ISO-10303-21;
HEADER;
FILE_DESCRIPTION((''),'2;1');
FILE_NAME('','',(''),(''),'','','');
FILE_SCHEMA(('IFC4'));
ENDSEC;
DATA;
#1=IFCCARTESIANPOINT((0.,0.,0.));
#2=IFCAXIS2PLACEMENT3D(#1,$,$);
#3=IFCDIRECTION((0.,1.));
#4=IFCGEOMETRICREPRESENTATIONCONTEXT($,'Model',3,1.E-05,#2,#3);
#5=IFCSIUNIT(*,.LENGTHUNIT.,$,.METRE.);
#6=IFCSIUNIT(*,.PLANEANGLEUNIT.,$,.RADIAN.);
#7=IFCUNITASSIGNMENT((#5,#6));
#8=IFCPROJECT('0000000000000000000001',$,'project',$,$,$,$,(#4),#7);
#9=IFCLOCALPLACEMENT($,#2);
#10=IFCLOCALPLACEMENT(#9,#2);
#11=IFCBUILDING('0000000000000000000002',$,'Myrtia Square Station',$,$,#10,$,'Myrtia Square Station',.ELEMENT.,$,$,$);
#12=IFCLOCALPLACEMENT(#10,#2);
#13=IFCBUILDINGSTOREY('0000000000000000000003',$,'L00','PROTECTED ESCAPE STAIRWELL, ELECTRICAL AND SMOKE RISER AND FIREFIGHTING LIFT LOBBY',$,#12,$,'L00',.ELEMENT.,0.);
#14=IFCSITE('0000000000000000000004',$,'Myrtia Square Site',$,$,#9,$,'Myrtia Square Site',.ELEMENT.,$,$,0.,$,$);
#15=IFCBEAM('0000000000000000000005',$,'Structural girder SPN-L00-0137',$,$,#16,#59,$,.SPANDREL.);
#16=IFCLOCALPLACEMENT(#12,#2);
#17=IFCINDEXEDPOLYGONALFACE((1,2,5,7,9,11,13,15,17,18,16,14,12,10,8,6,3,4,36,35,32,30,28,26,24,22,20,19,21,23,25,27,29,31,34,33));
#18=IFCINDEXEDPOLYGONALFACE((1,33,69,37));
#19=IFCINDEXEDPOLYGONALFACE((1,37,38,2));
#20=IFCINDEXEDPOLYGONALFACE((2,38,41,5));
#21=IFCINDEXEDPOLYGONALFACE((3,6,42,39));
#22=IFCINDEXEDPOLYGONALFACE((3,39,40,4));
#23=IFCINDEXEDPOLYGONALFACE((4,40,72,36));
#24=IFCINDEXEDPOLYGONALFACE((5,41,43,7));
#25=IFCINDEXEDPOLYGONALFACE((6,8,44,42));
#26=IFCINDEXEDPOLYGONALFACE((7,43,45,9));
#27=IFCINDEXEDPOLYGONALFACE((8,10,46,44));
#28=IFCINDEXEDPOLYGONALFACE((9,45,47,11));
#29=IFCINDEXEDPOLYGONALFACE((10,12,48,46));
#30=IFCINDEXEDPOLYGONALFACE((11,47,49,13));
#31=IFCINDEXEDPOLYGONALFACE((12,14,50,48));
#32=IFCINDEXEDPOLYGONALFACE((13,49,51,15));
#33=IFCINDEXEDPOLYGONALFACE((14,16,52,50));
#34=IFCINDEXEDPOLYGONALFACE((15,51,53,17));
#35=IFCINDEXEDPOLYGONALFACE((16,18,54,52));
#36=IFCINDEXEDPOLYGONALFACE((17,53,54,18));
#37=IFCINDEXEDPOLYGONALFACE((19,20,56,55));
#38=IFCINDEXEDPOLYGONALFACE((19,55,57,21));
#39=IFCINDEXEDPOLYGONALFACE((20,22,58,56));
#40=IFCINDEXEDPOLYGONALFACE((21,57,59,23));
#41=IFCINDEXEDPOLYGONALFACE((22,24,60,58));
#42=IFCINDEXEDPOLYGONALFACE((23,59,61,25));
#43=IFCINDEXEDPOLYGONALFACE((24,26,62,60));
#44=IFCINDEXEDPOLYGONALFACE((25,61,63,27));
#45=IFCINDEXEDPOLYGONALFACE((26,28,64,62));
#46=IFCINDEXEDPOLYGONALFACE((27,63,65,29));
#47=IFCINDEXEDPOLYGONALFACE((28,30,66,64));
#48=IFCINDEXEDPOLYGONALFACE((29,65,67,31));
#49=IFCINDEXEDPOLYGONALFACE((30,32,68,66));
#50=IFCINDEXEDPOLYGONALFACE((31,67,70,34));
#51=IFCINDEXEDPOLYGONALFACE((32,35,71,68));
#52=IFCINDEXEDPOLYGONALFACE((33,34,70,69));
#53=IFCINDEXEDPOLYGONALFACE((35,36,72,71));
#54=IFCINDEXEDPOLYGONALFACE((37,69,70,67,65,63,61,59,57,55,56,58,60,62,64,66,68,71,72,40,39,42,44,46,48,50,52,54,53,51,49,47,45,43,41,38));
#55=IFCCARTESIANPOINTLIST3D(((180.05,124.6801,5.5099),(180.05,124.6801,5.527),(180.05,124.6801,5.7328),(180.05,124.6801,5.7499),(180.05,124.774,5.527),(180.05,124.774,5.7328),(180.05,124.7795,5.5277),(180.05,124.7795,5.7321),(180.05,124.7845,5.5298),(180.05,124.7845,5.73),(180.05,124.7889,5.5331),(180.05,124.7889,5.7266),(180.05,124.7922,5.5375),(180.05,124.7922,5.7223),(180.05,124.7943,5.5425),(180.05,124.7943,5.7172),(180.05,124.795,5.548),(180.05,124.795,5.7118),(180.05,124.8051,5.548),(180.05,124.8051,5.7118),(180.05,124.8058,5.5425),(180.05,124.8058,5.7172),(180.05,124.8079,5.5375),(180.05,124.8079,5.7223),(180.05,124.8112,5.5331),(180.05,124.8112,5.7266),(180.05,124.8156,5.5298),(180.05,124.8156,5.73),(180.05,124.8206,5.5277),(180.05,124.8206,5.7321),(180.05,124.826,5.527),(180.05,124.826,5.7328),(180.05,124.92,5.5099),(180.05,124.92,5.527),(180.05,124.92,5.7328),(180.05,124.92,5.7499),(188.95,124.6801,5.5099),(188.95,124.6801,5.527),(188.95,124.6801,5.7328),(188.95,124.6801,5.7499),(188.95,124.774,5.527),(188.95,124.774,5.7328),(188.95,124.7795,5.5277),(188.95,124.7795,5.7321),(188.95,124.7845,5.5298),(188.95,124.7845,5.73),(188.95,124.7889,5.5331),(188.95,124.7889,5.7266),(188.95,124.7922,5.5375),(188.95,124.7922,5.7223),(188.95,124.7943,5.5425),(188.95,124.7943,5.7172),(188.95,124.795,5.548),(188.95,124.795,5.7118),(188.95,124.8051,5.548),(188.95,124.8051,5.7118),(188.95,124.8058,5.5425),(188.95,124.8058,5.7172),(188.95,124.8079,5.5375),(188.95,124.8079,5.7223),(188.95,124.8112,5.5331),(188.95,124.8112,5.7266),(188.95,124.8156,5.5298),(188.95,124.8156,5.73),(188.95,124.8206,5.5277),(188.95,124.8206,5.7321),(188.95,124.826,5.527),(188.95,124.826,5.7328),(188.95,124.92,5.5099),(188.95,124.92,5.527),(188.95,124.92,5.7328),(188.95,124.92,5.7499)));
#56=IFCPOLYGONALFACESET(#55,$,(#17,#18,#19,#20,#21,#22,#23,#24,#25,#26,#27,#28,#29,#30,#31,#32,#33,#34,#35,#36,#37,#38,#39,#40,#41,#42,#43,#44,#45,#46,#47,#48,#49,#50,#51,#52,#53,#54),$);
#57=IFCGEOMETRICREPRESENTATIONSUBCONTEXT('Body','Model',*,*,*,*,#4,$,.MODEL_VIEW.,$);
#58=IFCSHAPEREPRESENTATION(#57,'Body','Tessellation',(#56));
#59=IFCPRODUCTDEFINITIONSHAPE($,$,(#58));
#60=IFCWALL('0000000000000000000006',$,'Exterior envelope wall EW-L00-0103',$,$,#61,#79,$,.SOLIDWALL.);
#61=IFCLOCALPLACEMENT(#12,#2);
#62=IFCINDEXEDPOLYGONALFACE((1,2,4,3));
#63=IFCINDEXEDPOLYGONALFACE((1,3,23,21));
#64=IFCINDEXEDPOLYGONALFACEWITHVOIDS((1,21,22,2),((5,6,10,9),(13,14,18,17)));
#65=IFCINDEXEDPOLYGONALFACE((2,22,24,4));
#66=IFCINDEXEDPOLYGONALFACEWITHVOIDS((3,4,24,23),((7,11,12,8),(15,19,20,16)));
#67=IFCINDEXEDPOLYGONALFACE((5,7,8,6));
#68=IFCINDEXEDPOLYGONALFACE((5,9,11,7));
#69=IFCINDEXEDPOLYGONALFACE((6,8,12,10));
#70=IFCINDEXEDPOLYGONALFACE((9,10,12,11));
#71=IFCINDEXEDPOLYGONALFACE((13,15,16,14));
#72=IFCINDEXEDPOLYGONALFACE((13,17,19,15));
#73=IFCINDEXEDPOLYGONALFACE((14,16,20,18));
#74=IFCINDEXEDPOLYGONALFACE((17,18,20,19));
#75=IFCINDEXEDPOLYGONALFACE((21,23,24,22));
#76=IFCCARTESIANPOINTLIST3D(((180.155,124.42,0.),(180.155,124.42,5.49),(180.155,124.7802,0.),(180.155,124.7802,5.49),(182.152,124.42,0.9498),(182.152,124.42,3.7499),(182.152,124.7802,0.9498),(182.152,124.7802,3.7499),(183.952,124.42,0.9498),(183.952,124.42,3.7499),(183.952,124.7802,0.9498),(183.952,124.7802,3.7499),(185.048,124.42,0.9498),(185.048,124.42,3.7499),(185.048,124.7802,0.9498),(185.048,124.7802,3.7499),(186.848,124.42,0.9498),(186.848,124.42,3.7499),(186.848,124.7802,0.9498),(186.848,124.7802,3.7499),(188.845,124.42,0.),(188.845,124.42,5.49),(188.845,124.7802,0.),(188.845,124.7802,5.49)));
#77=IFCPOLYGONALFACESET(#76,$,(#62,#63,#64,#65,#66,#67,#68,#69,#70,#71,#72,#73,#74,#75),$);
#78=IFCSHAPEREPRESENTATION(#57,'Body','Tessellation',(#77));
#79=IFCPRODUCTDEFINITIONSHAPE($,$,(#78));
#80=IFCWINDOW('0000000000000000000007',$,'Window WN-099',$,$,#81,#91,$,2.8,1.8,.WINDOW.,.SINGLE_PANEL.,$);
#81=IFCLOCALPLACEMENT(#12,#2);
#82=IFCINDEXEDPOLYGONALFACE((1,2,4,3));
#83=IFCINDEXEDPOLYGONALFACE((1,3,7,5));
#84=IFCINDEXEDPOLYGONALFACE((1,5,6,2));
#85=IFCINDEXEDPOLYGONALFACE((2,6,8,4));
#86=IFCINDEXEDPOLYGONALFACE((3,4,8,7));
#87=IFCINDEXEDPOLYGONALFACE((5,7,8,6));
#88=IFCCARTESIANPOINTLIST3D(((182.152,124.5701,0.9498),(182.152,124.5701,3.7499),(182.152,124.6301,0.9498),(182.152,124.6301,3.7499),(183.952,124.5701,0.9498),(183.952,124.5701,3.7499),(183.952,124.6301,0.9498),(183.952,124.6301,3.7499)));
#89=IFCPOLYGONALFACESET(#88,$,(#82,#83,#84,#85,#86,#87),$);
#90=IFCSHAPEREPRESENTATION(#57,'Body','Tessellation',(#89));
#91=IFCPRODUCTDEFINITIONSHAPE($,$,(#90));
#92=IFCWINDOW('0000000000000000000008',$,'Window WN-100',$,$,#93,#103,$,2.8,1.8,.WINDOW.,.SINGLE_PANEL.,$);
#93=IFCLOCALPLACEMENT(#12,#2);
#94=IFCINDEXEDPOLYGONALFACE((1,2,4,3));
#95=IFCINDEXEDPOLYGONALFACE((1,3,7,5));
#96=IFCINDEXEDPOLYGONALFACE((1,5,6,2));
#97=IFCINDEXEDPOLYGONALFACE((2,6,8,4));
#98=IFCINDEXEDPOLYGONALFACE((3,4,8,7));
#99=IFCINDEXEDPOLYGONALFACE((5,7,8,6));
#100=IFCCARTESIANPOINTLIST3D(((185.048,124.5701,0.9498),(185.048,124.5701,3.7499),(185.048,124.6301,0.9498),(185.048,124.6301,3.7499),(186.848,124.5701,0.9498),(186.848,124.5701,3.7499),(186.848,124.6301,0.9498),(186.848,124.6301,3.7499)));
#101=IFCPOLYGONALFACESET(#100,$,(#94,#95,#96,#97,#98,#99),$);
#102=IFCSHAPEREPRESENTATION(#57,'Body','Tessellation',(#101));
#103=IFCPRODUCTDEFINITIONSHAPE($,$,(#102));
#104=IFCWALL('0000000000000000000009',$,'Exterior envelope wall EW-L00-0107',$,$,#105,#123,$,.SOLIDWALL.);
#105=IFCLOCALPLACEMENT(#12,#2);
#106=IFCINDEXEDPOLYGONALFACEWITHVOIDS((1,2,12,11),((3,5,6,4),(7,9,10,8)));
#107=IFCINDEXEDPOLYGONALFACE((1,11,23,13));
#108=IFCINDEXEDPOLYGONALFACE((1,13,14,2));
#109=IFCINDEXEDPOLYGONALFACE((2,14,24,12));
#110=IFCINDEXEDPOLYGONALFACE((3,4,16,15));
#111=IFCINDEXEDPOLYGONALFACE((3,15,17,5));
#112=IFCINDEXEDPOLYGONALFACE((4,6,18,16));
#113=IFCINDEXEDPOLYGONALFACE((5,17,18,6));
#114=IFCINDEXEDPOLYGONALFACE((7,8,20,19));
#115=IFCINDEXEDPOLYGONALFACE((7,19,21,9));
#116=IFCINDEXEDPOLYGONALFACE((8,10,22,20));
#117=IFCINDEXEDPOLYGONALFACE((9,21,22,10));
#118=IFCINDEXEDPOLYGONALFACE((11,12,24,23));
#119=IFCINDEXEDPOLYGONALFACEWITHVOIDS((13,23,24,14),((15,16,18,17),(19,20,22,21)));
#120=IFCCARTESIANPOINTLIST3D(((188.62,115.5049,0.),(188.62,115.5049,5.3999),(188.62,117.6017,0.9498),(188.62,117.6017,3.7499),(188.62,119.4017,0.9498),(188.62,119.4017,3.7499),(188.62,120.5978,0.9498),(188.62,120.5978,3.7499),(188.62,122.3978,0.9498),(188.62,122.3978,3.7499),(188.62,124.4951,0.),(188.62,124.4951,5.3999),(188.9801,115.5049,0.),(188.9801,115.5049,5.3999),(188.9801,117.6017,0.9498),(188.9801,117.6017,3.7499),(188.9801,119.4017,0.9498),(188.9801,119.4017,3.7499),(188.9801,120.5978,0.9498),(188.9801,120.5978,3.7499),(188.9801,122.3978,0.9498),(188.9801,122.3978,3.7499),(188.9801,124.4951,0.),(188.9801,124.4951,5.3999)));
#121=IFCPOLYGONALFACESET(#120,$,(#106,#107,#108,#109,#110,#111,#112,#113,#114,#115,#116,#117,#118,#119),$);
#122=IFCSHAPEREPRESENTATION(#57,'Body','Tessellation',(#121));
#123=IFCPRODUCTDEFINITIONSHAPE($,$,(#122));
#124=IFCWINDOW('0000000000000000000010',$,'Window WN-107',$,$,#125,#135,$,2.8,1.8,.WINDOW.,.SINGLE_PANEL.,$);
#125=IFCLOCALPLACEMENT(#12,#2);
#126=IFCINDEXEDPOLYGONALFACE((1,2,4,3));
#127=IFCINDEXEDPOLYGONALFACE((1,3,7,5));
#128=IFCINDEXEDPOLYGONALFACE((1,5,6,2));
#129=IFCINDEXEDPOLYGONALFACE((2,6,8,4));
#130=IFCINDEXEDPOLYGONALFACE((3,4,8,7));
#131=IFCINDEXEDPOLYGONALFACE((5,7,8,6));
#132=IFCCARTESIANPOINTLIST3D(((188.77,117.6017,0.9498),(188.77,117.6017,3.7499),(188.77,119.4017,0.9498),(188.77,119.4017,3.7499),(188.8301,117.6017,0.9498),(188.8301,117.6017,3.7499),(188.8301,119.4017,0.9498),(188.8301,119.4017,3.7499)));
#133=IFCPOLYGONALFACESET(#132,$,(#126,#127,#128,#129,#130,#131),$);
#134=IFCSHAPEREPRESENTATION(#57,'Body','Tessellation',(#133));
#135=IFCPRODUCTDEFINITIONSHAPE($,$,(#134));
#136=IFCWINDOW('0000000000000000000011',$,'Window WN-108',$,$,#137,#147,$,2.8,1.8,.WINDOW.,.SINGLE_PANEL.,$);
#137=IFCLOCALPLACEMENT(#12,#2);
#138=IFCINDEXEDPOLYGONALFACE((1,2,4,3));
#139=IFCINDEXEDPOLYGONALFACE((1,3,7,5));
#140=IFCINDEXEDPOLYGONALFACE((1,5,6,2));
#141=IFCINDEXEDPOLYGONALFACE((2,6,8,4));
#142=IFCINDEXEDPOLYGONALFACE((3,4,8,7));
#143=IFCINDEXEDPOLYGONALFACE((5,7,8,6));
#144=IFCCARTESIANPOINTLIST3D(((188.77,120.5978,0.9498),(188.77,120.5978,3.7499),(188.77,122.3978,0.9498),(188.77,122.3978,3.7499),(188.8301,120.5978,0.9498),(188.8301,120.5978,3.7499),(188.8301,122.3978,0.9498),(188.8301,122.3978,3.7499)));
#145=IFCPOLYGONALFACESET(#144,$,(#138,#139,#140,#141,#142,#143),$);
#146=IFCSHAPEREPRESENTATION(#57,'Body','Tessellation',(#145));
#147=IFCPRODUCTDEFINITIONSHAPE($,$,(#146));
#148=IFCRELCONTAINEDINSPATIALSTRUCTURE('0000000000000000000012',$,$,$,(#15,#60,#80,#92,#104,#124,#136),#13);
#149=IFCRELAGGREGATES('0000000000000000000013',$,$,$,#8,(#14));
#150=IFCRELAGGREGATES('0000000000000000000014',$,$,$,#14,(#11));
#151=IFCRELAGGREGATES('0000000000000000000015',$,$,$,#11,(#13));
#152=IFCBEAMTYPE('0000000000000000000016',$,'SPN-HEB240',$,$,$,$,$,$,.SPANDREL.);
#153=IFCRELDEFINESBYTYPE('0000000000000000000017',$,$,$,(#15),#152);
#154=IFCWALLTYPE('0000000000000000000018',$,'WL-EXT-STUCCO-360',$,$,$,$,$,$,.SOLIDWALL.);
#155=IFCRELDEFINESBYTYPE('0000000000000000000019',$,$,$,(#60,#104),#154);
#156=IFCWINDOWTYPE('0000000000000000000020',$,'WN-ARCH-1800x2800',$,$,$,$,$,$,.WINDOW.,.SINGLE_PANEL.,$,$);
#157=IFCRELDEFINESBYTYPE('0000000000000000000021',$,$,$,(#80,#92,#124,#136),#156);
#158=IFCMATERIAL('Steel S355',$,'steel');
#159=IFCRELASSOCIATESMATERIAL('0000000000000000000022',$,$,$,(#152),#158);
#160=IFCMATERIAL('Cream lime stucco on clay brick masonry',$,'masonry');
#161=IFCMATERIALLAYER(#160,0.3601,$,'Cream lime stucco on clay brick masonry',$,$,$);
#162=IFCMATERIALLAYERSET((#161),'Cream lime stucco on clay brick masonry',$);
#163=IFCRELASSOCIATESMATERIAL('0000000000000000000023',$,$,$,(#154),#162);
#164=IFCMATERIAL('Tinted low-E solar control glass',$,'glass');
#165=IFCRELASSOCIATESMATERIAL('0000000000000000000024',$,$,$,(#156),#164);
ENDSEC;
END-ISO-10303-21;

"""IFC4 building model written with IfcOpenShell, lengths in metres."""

from ifc_helpers import new_model, si_unit, direction, frame, frame_2d, origin, origin_2d, place, context, subcontext, project, spatial, rectangle, i_section, extrude, material, layer, layer_set, material_profile, profile_set, type_object, element, fill, save


model = new_model("IFC4")

# Units and contexts
model_context = context("Model", 3, precision=1e-05, world=origin(), true_north=direction((0.0, 1.0)))
body_context = subcontext(model_context, "Body", "Model", "MODEL_VIEW")
ifc_project = project(units=[si_unit("LENGTHUNIT", "METRE"), si_unit("PLANEANGLEUNIT", "RADIAN")], contexts=[model_context])

# Site, building, storey
site_placement = place(None, origin())
site = spatial("IfcSite", under=ifc_project, at=site_placement, Name="Myrtia Square Site", LongName="Myrtia Square Site", CompositionType="ELEMENT", RefElevation=0.0)
building_placement = place(site_placement, origin())
building = spatial("IfcBuilding", under=site, at=building_placement, Name="Myrtia Square Station", LongName="Myrtia Square Station", CompositionType="ELEMENT")
storey_placement = place(building_placement, origin())
storey = spatial("IfcBuildingStorey", under=building, at=storey_placement, Name="L00", Description="PROTECTED ESCAPE STAIRWELL, ELECTRICAL AND SMOKE RISER AND FIREFIGHTING LIFT LOBBY", LongName="L00", CompositionType="ELEMENT", Elevation=0.0)

# Shared definitions
ifc_material_1 = material(Name="Steel S355", Category="steel")

# Beam
ifc_material_profile_1 = material_profile(ifc_material_1, i_section(OverallWidth=0.24, OverallDepth=0.24, WebThickness=0.01, FlangeThickness=0.0171, FilletRadius=0.021, at=origin_2d()), Name="HEB 240")
ifc_profile_set_1 = profile_set([ifc_material_profile_1], Name="Steel S355")
beam_type_1 = type_object("IfcBeamType", Name="SPN-HEB240", PredefinedType="SPANDREL", material=ifc_profile_set_1)
beam_1_placement = place(storey_placement, frame((180.05, 124.8, 5.6299), z_axis=(1.0, 0.0, 0.0), x_axis=(0.0, 1.0, 0.0)))
element("IfcBeam", 1, at=beam_1_placement, inside=storey, type_object=beam_type_1, Name="Structural girder SPN-L00-0137", PredefinedType="SPANDREL", context=body_context, shape_type="SweptSolid", body=[
    extrude(i_section(OverallWidth=0.24, OverallDepth=0.24, WebThickness=0.01, FlangeThickness=0.0171, FilletRadius=0.021, at=origin_2d()), origin(), (0.0, 0.0, 1.0), 8.8999),
])

# Walls, openings, windows
ifc_material_2 = material(Name="Cream lime stucco on clay brick masonry", Category="masonry")
ifc_layer_1 = layer(ifc_material_2, 0.3601, Name="Cream lime stucco on clay brick masonry")
ifc_layer_set_1 = layer_set([ifc_layer_1], Name="Cream lime stucco on clay brick masonry")
wall_type = type_object("IfcWallType", Name="WL-EXT-STUCCO-360", PredefinedType="SOLIDWALL", material=ifc_layer_set_1)
wall_1_placement = place(storey_placement, frame((180.155, 124.6001, 0.0), z_axis=(0.0, 0.0, 1.0), x_axis=(1.0, 0.0, 0.0)))
wall_1 = element("IfcWall", 2, at=wall_1_placement, inside=storey, type_object=wall_type, Name="Exterior envelope wall EW-L00-0103", PredefinedType="SOLIDWALL", context=body_context, shape_type="SweptSolid", body=[
    extrude(rectangle(XDim=8.6899, YDim=0.3601, at=frame_2d((4.345, 0.0))), origin(), (0.0, 0.0, 1.0), 5.49),
])
opening_1_placement = place(wall_1_placement, frame((1.9971, 0.0, 0.95)))
opening_1 = element("IfcOpeningElement", 3, at=opening_1_placement, cuts=wall_1, PredefinedType="OPENING", context=body_context, shape_type="SweptSolid", body=[
    extrude(rectangle(XDim=1.8, YDim=2.8, at=frame_2d((0.8999, 1.3999))), frame((0.0, 0.1951, 0.0), z_axis=(0.0, -1.0, 0.0), x_axis=(1.0, 0.0, 0.0)), (0.0, 0.0, 1.0), 0.3901),
])
opening_2_placement = place(wall_1_placement, frame((4.8931, 0.0, 0.95)))
opening_2 = element("IfcOpeningElement", 4, at=opening_2_placement, cuts=wall_1, PredefinedType="OPENING", context=body_context, shape_type="SweptSolid", body=[
    extrude(rectangle(XDim=1.8, YDim=2.8, at=frame_2d((0.8999, 1.3999))), frame((0.0, 0.1951, 0.0), z_axis=(0.0, -1.0, 0.0), x_axis=(1.0, 0.0, 0.0)), (0.0, 0.0, 1.0), 0.3901),
])
ifc_material_3 = material(Name="Tinted low-E solar control glass", Category="glass")
window_type = type_object("IfcWindowType", Name="WN-ARCH-1800x2800", PartitioningType="SINGLE_PANEL", PredefinedType="WINDOW", material=ifc_material_3)
window_1_placement = place(opening_1_placement, origin())
window_1 = element("IfcWindow", 5, at=window_1_placement, inside=storey, type_object=window_type, Name="Window WN-099", OverallHeight=2.8, OverallWidth=1.8, PartitioningType="SINGLE_PANEL", PredefinedType="WINDOW", context=body_context, shape_type="SweptSolid", body=[
    extrude(rectangle(XDim=1.8, YDim=2.8, at=frame_2d((0.8999, 1.3999))), frame((0.0, 0.03, 0.0), z_axis=(0.0, -1.0, 0.0), x_axis=(1.0, 0.0, 0.0)), (0.0, 0.0, 1.0), 0.0601),
])
fill(opening_1, window_1)
window_2_placement = place(opening_2_placement, origin())
window_2 = element("IfcWindow", 6, at=window_2_placement, inside=storey, type_object=window_type, Name="Window WN-100", OverallHeight=2.8, OverallWidth=1.8, PartitioningType="SINGLE_PANEL", PredefinedType="WINDOW", context=body_context, shape_type="SweptSolid", body=[
    extrude(rectangle(XDim=1.8, YDim=2.8, at=frame_2d((0.8999, 1.3999))), frame((0.0, 0.03, 0.0), z_axis=(0.0, -1.0, 0.0), x_axis=(1.0, 0.0, 0.0)), (0.0, 0.0, 1.0), 0.0601),
])
fill(opening_2, window_2)
wall_2_placement = place(storey_placement, frame((188.8, 115.5049, 0.0), z_axis=(0.0, 0.0, 1.0), x_axis=(0.0, 1.0, 0.0)))
wall_2 = element("IfcWall", 7, at=wall_2_placement, inside=storey, type_object=wall_type, Name="Exterior envelope wall EW-L00-0107", PredefinedType="SOLIDWALL", context=body_context, shape_type="SweptSolid", body=[
    extrude(rectangle(XDim=8.9902, YDim=0.3601, at=frame_2d((4.4951, 0.0))), origin(), (0.0, 0.0, 1.0), 5.3999),
])
opening_3_placement = place(wall_2_placement, frame((2.0969, 0.0, 0.95)))
opening_3 = element("IfcOpeningElement", 8, at=opening_3_placement, cuts=wall_2, PredefinedType="OPENING", context=body_context, shape_type="SweptSolid", body=[
    extrude(rectangle(XDim=1.8, YDim=2.8, at=frame_2d((0.8999, 1.3999))), frame((0.0, 0.1951, 0.0), z_axis=(0.0, -1.0, 0.0), x_axis=(1.0, 0.0, 0.0)), (0.0, 0.0, 1.0), 0.3901),
])
opening_4_placement = place(wall_2_placement, frame((5.093, 0.0, 0.95)))
opening_4 = element("IfcOpeningElement", 9, at=opening_4_placement, cuts=wall_2, PredefinedType="OPENING", context=body_context, shape_type="SweptSolid", body=[
    extrude(rectangle(XDim=1.8, YDim=2.8, at=frame_2d((0.8999, 1.3999))), frame((0.0, 0.1951, 0.0), z_axis=(0.0, -1.0, 0.0), x_axis=(1.0, 0.0, 0.0)), (0.0, 0.0, 1.0), 0.3901),
])
window_3_placement = place(opening_3_placement, origin())
window_3 = element("IfcWindow", 10, at=window_3_placement, inside=storey, type_object=window_type, Name="Window WN-107", OverallHeight=2.8, OverallWidth=1.8, PartitioningType="SINGLE_PANEL", PredefinedType="WINDOW", context=body_context, shape_type="SweptSolid", body=[
    extrude(rectangle(XDim=1.8, YDim=2.8, at=frame_2d((0.8999, 1.3999))), frame((0.0, 0.03, 0.0), z_axis=(0.0, -1.0, 0.0), x_axis=(1.0, 0.0, 0.0)), (0.0, 0.0, 1.0), 0.0601),
])
fill(opening_3, window_3)
window_4_placement = place(opening_4_placement, origin())
window_4 = element("IfcWindow", 11, at=window_4_placement, inside=storey, type_object=window_type, Name="Window WN-108", OverallHeight=2.8, OverallWidth=1.8, PartitioningType="SINGLE_PANEL", PredefinedType="WINDOW", context=body_context, shape_type="SweptSolid", body=[
    extrude(rectangle(XDim=1.8, YDim=2.8, at=frame_2d((0.8999, 1.3999))), frame((0.0, 0.03, 0.0), z_axis=(0.0, -1.0, 0.0), x_axis=(1.0, 0.0, 0.0)), (0.0, 0.0, 1.0), 0.0601),
])
fill(opening_4, window_4)

save(model, "model.ifc")
